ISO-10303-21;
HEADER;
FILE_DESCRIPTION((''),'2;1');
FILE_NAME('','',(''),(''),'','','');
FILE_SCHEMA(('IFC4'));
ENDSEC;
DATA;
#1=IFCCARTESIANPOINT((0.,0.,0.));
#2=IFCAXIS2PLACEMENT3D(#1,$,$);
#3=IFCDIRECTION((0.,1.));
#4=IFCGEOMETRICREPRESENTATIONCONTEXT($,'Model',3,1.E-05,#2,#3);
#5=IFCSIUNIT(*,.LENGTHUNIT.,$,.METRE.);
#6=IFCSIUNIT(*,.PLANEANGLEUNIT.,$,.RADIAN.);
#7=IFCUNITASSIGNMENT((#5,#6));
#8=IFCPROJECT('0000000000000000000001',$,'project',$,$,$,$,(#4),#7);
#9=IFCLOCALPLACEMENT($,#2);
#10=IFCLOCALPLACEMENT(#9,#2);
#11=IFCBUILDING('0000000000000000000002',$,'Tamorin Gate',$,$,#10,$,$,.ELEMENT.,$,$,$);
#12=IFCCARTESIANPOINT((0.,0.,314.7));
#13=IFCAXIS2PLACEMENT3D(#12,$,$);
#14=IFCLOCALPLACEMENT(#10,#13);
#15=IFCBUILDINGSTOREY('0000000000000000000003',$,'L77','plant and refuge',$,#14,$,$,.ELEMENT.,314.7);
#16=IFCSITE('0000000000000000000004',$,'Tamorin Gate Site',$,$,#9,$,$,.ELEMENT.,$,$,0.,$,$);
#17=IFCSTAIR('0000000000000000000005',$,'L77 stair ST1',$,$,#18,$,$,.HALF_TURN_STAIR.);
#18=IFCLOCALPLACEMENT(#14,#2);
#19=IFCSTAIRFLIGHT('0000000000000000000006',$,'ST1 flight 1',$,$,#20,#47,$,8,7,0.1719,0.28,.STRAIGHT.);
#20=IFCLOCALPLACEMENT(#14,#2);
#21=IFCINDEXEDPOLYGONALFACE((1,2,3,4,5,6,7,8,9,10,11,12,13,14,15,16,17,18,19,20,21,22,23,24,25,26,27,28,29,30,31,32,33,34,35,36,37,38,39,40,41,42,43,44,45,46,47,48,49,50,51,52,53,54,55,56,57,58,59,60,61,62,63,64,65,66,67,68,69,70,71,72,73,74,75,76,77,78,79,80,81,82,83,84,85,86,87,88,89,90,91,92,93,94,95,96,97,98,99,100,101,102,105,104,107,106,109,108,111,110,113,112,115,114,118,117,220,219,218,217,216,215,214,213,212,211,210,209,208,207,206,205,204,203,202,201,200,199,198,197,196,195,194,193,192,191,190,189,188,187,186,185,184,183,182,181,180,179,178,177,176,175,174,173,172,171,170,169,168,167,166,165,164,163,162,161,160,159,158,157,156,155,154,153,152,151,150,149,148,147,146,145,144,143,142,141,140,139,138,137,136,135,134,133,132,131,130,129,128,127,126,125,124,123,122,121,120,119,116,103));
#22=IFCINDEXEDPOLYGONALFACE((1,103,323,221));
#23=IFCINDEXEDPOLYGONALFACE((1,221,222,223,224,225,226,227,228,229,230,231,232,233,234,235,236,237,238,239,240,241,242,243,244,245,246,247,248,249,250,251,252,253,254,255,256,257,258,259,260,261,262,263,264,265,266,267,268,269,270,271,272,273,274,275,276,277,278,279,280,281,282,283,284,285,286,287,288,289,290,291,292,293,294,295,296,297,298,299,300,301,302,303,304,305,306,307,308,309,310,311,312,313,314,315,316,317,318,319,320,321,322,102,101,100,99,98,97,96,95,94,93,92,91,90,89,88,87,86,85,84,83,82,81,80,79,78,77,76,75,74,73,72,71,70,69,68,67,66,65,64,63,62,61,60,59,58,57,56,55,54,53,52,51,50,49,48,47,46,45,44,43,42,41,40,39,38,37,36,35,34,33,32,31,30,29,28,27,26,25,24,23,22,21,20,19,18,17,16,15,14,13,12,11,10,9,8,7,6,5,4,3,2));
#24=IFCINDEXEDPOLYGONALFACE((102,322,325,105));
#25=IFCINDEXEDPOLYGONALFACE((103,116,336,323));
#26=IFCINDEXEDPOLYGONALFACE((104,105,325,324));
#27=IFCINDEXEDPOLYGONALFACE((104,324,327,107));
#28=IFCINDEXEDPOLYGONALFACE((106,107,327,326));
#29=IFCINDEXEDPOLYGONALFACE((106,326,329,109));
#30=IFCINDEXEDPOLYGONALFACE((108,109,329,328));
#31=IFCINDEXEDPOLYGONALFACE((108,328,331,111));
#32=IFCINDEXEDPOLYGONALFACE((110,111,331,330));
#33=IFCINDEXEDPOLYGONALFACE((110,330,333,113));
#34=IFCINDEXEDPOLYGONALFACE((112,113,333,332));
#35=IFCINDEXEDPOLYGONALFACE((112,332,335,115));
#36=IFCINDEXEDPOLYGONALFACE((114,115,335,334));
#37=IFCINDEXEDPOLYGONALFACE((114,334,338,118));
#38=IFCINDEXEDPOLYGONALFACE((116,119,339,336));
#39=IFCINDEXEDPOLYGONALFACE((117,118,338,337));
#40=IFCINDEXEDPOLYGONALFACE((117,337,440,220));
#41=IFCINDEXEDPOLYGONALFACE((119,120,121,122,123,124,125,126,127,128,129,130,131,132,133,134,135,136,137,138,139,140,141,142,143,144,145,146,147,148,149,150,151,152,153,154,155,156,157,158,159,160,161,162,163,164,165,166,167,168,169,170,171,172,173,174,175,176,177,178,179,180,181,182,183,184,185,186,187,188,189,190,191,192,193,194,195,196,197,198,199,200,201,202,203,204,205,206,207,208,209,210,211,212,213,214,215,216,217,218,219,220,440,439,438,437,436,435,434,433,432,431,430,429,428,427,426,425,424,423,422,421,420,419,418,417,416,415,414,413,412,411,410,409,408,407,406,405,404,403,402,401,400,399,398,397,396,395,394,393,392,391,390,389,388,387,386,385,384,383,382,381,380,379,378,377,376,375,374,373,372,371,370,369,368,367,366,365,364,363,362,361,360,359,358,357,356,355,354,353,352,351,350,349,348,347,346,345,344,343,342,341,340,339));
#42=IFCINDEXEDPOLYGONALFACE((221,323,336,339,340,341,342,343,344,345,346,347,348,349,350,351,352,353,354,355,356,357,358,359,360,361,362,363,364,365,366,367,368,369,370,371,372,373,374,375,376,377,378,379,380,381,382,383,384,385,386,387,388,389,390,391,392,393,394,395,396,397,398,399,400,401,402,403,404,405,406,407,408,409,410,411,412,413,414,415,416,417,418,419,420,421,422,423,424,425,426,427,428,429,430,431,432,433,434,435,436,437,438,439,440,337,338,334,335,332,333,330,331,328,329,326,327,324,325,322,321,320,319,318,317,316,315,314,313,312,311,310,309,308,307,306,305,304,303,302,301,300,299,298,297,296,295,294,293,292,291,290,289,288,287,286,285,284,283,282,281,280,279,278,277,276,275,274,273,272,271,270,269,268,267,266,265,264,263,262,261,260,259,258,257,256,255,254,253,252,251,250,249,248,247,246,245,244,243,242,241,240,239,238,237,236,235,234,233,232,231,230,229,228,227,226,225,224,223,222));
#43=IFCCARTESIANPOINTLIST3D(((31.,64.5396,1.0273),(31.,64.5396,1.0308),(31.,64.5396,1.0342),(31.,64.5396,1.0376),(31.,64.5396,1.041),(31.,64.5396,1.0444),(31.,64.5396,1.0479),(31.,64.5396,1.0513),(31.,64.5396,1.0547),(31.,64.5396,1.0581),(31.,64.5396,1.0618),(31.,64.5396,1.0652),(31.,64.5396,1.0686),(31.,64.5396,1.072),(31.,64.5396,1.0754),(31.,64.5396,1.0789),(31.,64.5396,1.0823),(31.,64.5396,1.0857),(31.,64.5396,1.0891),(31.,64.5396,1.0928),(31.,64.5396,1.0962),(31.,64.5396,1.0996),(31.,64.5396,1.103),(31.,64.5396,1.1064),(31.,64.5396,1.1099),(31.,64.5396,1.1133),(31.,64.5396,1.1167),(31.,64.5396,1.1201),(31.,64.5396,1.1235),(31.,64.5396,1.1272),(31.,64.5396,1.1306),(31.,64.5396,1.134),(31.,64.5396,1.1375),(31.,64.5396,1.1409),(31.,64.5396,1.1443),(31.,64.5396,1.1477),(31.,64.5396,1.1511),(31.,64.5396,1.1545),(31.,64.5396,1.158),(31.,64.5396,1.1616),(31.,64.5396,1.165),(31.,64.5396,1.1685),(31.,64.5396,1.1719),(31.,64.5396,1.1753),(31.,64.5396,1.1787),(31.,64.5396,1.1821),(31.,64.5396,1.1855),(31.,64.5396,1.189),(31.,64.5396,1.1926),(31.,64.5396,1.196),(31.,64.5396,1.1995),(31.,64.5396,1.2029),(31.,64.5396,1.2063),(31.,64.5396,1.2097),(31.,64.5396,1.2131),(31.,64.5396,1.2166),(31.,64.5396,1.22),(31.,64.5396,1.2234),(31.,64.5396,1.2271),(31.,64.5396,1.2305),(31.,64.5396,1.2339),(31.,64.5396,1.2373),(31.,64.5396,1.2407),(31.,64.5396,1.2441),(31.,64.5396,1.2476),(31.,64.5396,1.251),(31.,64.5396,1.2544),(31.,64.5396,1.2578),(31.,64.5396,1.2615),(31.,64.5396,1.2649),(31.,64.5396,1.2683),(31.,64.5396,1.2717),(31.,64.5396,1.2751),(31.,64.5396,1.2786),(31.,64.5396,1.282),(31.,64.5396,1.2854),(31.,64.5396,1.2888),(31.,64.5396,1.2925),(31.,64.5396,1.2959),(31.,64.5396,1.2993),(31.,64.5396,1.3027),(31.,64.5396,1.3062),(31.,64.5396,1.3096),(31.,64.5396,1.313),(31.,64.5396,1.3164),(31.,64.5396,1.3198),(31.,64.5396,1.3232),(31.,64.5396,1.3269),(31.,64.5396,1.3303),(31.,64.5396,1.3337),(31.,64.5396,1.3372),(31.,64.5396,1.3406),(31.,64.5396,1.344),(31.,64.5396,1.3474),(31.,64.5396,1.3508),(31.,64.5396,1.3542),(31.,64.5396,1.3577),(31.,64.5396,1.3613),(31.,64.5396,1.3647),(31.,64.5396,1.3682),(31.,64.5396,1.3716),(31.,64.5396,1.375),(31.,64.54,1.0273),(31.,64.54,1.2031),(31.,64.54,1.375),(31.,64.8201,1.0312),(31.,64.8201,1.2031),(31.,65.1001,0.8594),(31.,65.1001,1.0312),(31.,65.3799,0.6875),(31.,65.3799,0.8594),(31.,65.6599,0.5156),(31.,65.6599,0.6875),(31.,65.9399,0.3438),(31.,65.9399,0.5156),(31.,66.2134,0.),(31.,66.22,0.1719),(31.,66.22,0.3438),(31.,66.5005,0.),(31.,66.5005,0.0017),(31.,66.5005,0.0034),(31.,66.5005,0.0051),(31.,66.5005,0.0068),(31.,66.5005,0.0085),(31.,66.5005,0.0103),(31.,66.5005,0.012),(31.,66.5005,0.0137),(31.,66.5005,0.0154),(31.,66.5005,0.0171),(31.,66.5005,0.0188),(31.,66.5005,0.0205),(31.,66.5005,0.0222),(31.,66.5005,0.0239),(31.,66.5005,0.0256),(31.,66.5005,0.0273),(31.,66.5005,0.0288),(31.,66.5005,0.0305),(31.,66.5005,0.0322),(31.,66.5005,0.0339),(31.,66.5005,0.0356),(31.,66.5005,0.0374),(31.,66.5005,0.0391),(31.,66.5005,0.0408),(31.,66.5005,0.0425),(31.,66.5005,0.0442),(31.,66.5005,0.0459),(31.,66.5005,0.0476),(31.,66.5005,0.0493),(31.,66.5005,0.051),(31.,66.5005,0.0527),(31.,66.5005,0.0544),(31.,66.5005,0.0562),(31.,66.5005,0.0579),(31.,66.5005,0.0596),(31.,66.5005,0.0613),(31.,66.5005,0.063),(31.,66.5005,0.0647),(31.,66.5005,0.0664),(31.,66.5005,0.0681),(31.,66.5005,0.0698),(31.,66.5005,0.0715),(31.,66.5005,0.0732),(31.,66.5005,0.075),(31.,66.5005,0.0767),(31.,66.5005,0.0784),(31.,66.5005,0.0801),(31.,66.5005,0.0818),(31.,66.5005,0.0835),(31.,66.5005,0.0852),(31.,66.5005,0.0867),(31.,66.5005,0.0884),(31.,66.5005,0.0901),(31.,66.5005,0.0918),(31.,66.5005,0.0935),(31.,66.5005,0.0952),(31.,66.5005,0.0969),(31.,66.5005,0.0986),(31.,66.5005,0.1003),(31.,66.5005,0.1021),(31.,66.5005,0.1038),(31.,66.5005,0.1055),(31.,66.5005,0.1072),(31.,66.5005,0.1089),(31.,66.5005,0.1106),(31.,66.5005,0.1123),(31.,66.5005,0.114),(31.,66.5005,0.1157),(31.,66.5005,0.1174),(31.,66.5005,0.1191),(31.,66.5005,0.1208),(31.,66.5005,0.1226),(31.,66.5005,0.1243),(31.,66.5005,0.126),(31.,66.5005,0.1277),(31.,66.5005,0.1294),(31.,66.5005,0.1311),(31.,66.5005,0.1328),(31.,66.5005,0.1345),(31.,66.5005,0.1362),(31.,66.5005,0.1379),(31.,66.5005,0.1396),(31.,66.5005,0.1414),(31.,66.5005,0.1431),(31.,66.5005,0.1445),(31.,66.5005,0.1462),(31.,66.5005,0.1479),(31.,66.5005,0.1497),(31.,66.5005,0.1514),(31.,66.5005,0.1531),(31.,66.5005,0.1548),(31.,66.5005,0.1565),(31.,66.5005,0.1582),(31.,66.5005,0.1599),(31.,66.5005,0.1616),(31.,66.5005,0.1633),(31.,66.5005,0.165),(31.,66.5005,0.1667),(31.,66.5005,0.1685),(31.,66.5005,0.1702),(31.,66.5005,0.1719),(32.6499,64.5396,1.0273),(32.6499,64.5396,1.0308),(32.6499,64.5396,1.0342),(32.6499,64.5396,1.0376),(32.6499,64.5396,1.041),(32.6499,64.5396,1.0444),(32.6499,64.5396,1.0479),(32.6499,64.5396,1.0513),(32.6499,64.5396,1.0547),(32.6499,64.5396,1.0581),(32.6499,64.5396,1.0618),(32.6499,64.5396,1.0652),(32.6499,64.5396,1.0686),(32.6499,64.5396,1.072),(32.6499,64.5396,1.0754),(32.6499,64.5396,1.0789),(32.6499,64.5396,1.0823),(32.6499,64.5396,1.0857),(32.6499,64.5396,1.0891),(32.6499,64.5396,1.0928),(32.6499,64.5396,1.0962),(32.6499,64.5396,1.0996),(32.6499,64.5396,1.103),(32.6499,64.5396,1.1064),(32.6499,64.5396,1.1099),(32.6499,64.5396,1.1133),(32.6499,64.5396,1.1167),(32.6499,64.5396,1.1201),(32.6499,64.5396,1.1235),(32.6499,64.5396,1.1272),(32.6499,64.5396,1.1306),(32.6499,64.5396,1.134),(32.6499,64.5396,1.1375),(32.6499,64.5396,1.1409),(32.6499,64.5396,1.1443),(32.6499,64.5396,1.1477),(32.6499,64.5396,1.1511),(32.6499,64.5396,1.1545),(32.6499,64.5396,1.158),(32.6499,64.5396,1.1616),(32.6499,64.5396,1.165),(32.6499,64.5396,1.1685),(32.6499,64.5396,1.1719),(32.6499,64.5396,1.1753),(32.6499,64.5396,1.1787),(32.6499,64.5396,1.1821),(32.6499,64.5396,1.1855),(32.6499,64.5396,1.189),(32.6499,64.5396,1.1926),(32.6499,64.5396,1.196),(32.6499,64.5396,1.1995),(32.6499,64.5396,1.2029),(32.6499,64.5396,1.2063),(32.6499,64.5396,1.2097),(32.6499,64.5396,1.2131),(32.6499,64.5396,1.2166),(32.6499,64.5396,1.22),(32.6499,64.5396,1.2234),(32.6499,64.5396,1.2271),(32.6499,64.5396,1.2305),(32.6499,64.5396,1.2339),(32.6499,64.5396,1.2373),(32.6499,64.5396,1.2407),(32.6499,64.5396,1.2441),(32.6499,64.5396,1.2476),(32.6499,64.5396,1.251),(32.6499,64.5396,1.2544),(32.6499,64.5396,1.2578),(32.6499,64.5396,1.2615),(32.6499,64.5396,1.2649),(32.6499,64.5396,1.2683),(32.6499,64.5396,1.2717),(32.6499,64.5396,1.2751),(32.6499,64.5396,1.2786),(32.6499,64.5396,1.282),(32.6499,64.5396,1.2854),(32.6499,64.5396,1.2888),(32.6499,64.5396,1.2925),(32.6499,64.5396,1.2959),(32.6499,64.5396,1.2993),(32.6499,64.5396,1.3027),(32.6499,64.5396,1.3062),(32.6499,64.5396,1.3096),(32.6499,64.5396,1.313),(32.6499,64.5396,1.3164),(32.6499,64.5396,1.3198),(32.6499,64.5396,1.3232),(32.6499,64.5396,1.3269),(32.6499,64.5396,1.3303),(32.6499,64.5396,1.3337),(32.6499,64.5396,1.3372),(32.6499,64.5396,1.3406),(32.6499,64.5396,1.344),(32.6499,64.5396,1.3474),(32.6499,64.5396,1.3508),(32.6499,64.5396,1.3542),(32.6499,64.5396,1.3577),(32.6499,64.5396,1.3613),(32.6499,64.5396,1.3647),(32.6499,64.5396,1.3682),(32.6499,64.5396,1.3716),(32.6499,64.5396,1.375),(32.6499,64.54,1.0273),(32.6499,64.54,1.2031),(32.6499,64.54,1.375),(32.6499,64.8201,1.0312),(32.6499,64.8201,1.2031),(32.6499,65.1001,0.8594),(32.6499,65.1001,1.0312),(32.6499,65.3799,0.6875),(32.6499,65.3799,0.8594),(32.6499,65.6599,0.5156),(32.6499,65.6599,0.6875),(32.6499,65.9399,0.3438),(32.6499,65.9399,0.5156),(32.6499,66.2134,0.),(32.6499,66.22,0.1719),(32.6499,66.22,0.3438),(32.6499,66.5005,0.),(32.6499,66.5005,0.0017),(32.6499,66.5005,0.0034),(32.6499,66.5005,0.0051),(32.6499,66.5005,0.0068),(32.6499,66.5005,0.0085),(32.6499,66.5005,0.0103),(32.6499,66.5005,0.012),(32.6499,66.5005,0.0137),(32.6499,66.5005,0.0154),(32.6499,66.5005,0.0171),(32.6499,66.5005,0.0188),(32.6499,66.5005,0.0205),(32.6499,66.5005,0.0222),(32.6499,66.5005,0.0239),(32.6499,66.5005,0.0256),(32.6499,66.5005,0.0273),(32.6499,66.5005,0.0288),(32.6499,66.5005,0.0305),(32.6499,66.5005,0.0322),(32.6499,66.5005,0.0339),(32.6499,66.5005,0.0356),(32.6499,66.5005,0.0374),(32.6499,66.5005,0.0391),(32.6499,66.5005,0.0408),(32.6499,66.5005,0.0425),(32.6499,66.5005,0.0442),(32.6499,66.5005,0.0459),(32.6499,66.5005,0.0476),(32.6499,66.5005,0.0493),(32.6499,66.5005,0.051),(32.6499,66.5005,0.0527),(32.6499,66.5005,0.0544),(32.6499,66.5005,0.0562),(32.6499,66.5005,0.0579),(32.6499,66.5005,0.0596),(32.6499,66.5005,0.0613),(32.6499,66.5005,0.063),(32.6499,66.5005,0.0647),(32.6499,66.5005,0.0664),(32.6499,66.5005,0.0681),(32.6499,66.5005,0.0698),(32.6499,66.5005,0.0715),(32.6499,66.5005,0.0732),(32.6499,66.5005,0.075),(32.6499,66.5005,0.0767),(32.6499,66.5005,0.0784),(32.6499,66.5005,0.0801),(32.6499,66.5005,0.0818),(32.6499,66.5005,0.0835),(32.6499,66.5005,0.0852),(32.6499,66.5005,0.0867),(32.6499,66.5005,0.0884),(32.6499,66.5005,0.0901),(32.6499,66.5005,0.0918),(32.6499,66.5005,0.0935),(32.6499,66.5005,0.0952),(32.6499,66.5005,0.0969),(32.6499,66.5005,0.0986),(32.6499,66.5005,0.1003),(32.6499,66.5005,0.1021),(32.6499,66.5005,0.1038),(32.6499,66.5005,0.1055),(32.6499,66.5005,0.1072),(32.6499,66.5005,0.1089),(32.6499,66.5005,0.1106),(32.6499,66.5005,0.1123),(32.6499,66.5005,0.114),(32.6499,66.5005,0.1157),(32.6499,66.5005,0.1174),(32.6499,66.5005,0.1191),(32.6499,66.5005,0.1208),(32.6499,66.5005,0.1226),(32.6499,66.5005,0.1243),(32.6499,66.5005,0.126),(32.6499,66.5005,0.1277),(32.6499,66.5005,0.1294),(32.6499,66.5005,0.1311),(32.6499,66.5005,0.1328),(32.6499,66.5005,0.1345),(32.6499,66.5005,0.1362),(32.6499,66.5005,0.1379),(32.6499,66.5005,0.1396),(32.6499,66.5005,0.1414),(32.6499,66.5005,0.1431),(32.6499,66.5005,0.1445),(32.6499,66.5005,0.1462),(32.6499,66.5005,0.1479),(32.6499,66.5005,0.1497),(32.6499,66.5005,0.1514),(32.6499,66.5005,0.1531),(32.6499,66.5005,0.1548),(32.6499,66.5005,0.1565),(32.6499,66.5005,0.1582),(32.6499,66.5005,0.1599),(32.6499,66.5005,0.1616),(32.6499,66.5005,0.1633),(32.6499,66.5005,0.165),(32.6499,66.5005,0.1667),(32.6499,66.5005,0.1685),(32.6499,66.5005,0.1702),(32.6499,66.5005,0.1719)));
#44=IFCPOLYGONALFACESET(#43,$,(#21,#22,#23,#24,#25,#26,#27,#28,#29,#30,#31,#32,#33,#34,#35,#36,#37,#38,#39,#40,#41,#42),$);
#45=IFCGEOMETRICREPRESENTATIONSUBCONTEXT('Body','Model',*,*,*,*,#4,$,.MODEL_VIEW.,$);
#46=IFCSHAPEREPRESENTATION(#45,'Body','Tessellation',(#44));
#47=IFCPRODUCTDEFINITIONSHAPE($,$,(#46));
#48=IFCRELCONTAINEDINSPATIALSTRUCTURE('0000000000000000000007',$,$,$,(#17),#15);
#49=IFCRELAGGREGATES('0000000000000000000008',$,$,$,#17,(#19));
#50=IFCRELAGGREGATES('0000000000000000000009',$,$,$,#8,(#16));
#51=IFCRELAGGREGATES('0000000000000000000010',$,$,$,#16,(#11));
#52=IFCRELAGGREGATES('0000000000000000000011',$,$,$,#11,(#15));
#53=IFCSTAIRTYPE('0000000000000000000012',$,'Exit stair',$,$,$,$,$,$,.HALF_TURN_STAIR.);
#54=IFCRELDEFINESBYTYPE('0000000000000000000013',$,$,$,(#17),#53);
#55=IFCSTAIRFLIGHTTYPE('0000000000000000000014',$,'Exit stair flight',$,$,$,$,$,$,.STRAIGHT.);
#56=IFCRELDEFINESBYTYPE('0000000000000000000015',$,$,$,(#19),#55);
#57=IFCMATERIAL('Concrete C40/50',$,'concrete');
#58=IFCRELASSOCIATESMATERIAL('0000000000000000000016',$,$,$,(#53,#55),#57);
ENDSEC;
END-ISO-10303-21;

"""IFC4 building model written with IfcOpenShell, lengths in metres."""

from ifc_helpers import new_model, si_unit, direction, frame, origin, place, context, subcontext, project, spatial, polyline, outline, extrude, material, type_object, element, aggregate, save


model = new_model("IFC4")

# Units and contexts
model_context = context("Model", 3, precision=1e-05, world=origin(), true_north=direction((0.0, 1.0)))
body_context = subcontext(model_context, "Body", "Model", "MODEL_VIEW")
ifc_project = project(units=[si_unit("LENGTHUNIT", "METRE"), si_unit("PLANEANGLEUNIT", "RADIAN")], contexts=[model_context])

# Site, building, storey
site_placement = place(None, origin())
site = spatial("IfcSite", under=ifc_project, at=site_placement, Name="Tamorin Gate Site", CompositionType="ELEMENT", RefElevation=0.0)
building_placement = place(site_placement, origin())
building = spatial("IfcBuilding", under=site, at=building_placement, Name="Tamorin Gate", CompositionType="ELEMENT")
storey_placement = place(building_placement, frame((0.0, 0.0, 314.7)))
storey = spatial("IfcBuildingStorey", under=building, at=storey_placement, Name="L77", Description="plant and refuge", CompositionType="ELEMENT", Elevation=314.7)

# Stair, stair flight
ifc_material_1 = material(Name="Concrete C40/50", Category="concrete")
stair_type = type_object("IfcStairType", Name="Exit stair", PredefinedType="HALF_TURN_STAIR", material=ifc_material_1)
stair_placement = place(storey_placement, origin())
stair = element("IfcStair", 1, at=stair_placement, inside=storey, type_object=stair_type, Name="L77 stair ST1", PredefinedType="HALF_TURN_STAIR")
stair_flight_type = type_object("IfcStairFlightType", Name="Exit stair flight", PredefinedType="STRAIGHT", material=ifc_material_1)
stair_flight_1_placement = place(storey_placement, frame((31.825, 66.5, 0.0), z_axis=(0.0, 0.0, 1.0), x_axis=(0.0, -1.0, 0.0)))
stair_flight_1 = element("IfcStairFlight", 2, at=stair_flight_1_placement, type_object=stair_flight_type, Name="ST1 flight 1", NumberOfRisers=8, NumberOfTreads=7, PredefinedType="STRAIGHT", RiserHeight=0.1719, TreadLength=0.28, context=body_context, shape_type="SweptSolid", body=[
    extrude(outline(polyline([(-0.0005, 0.0), (-0.0005, 0.0017), (-0.0005, 0.0034), (-0.0005, 0.0051), (-0.0005, 0.0068), (-0.0005, 0.0085), (-0.0005, 0.0103), (-0.0005, 0.012), (-0.0005, 0.0137), (-0.0005, 0.0154), (-0.0005, 0.0171), (-0.0005, 0.0188), (-0.0005, 0.0205), (-0.0005, 0.0222), (-0.0005, 0.0239), (-0.0005, 0.0256), (-0.0005, 0.0273), (-0.0005, 0.0288), (-0.0005, 0.0305), (-0.0005, 0.0322), (-0.0005, 0.0339), (-0.0005, 0.0356), (-0.0005, 0.0374), (-0.0005, 0.0391), (-0.0005, 0.0408), (-0.0005, 0.0425), (-0.0005, 0.0442), (-0.0005, 0.0459), (-0.0005, 0.0476), (-0.0005, 0.0493), (-0.0005, 0.051), (-0.0005, 0.0527), (-0.0005, 0.0544), (-0.0005, 0.0562), (-0.0005, 0.0579), (-0.0005, 0.0596), (-0.0005, 0.0613), (-0.0005, 0.063), (-0.0005, 0.0647), (-0.0005, 0.0664), (-0.0005, 0.0681), (-0.0005, 0.0698), (-0.0005, 0.0715), (-0.0005, 0.0732), (-0.0005, 0.075), (-0.0005, 0.0767), (-0.0005, 0.0784), (-0.0005, 0.0801), (-0.0005, 0.0818), (-0.0005, 0.0835), (-0.0005, 0.0852), (-0.0005, 0.0867), (-0.0005, 0.0884), (-0.0005, 0.0901), (-0.0005, 0.0918), (-0.0005, 0.0935), (-0.0005, 0.0952), (-0.0005, 0.0969), (-0.0005, 0.0986), (-0.0005, 0.1003), (-0.0005, 0.1021), (-0.0005, 0.1038), (-0.0005, 0.1055), (-0.0005, 0.1072), (-0.0005, 0.1089), (-0.0005, 0.1106), (-0.0005, 0.1123), (-0.0005, 0.114), (-0.0005, 0.1157), (-0.0005, 0.1174), (-0.0005, 0.1191), (-0.0005, 0.1208), (-0.0005, 0.1226), (-0.0005, 0.1243), (-0.0005, 0.126), (-0.0005, 0.1277), (-0.0005, 0.1294), (-0.0005, 0.1311), (-0.0005, 0.1328), (-0.0005, 0.1345), (-0.0005, 0.1362), (-0.0005, 0.1379), (-0.0005, 0.1396), (-0.0005, 0.1414), (-0.0005, 0.1431), (-0.0005, 0.1445), (-0.0005, 0.1462), (-0.0005, 0.1479), (-0.0005, 0.1497), (-0.0005, 0.1514), (-0.0005, 0.1531), (-0.0005, 0.1548), (-0.0005, 0.1565), (-0.0005, 0.1582), (-0.0005, 0.1599), (-0.0005, 0.1616), (-0.0005, 0.1633), (-0.0005, 0.165), (-0.0005, 0.1667), (-0.0005, 0.1685), (-0.0005, 0.1702), (-0.0005, 0.1719), (0.28, 0.1719), (0.28, 0.3438), (0.5601, 0.3438), (0.5601, 0.5156), (0.8401, 0.5156), (0.8401, 0.6875), (1.1201, 0.6875), (1.1201, 0.8594), (1.3999, 0.8594), (1.3999, 1.0312), (1.6799, 1.0312), (1.6799, 1.2031), (1.96, 1.2031), (1.96, 1.375), (1.9604, 1.375), (1.9604, 1.3716), (1.9604, 1.3682), (1.9604, 1.3647), (1.9604, 1.3613), (1.9604, 1.3577), (1.9604, 1.3542), (1.9604, 1.3508), (1.9604, 1.3474), (1.9604, 1.344), (1.9604, 1.3406), (1.9604, 1.3372), (1.9604, 1.3337), (1.9604, 1.3303), (1.9604, 1.3269), (1.9604, 1.3232), (1.9604, 1.3198), (1.9604, 1.3164), (1.9604, 1.313), (1.9604, 1.3096), (1.9604, 1.3062), (1.9604, 1.3027), (1.9604, 1.2993), (1.9604, 1.2959), (1.9604, 1.2925), (1.9604, 1.2888), (1.9604, 1.2854), (1.9604, 1.282), (1.9604, 1.2786), (1.9604, 1.2751), (1.9604, 1.2717), (1.9604, 1.2683), (1.9604, 1.2649), (1.9604, 1.2615), (1.9604, 1.2578), (1.9604, 1.2544), (1.9604, 1.251), (1.9604, 1.2476), (1.9604, 1.2441), (1.9604, 1.2407), (1.9604, 1.2373), (1.9604, 1.2339), (1.9604, 1.2305), (1.9604, 1.2271), (1.9604, 1.2234), (1.9604, 1.22), (1.9604, 1.2166), (1.9604, 1.2131), (1.9604, 1.2097), (1.9604, 1.2063), (1.9604, 1.2029), (1.9604, 1.1995), (1.9604, 1.196), (1.9604, 1.1926), (1.9604, 1.189), (1.9604, 1.1855), (1.9604, 1.1821), (1.9604, 1.1787), (1.9604, 1.1753), (1.9604, 1.1719), (1.9604, 1.1685), (1.9604, 1.165), (1.9604, 1.1616), (1.9604, 1.158), (1.9604, 1.1545), (1.9604, 1.1511), (1.9604, 1.1477), (1.9604, 1.1443), (1.9604, 1.1409), (1.9604, 1.1375), (1.9604, 1.134), (1.9604, 1.1306), (1.9604, 1.1272), (1.9604, 1.1235), (1.9604, 1.1201), (1.9604, 1.1167), (1.9604, 1.1133), (1.9604, 1.1099), (1.9604, 1.1064), (1.9604, 1.103), (1.9604, 1.0996), (1.9604, 1.0962), (1.9604, 1.0928), (1.9604, 1.0891), (1.9604, 1.0857), (1.9604, 1.0823), (1.9604, 1.0789), (1.9604, 1.0754), (1.9604, 1.072), (1.9604, 1.0686), (1.9604, 1.0652), (1.9604, 1.0618), (1.9604, 1.0581), (1.9604, 1.0547), (1.9604, 1.0513), (1.9604, 1.0479), (1.9604, 1.0444), (1.9604, 1.041), (1.9604, 1.0376), (1.9604, 1.0342), (1.9604, 1.0308), (1.9604, 1.0273), (1.96, 1.0273), (0.2866, 0.0), (-0.0005, 0.0)])), frame((0.0, 0.825, 0.0), z_axis=(0.0, -1.0, 0.0), x_axis=(1.0, 0.0, 0.0)), (0.0, 0.0, 1.0), 1.6499),
])
aggregate(stair, [stair_flight_1])

save(model, "model.ifc")
